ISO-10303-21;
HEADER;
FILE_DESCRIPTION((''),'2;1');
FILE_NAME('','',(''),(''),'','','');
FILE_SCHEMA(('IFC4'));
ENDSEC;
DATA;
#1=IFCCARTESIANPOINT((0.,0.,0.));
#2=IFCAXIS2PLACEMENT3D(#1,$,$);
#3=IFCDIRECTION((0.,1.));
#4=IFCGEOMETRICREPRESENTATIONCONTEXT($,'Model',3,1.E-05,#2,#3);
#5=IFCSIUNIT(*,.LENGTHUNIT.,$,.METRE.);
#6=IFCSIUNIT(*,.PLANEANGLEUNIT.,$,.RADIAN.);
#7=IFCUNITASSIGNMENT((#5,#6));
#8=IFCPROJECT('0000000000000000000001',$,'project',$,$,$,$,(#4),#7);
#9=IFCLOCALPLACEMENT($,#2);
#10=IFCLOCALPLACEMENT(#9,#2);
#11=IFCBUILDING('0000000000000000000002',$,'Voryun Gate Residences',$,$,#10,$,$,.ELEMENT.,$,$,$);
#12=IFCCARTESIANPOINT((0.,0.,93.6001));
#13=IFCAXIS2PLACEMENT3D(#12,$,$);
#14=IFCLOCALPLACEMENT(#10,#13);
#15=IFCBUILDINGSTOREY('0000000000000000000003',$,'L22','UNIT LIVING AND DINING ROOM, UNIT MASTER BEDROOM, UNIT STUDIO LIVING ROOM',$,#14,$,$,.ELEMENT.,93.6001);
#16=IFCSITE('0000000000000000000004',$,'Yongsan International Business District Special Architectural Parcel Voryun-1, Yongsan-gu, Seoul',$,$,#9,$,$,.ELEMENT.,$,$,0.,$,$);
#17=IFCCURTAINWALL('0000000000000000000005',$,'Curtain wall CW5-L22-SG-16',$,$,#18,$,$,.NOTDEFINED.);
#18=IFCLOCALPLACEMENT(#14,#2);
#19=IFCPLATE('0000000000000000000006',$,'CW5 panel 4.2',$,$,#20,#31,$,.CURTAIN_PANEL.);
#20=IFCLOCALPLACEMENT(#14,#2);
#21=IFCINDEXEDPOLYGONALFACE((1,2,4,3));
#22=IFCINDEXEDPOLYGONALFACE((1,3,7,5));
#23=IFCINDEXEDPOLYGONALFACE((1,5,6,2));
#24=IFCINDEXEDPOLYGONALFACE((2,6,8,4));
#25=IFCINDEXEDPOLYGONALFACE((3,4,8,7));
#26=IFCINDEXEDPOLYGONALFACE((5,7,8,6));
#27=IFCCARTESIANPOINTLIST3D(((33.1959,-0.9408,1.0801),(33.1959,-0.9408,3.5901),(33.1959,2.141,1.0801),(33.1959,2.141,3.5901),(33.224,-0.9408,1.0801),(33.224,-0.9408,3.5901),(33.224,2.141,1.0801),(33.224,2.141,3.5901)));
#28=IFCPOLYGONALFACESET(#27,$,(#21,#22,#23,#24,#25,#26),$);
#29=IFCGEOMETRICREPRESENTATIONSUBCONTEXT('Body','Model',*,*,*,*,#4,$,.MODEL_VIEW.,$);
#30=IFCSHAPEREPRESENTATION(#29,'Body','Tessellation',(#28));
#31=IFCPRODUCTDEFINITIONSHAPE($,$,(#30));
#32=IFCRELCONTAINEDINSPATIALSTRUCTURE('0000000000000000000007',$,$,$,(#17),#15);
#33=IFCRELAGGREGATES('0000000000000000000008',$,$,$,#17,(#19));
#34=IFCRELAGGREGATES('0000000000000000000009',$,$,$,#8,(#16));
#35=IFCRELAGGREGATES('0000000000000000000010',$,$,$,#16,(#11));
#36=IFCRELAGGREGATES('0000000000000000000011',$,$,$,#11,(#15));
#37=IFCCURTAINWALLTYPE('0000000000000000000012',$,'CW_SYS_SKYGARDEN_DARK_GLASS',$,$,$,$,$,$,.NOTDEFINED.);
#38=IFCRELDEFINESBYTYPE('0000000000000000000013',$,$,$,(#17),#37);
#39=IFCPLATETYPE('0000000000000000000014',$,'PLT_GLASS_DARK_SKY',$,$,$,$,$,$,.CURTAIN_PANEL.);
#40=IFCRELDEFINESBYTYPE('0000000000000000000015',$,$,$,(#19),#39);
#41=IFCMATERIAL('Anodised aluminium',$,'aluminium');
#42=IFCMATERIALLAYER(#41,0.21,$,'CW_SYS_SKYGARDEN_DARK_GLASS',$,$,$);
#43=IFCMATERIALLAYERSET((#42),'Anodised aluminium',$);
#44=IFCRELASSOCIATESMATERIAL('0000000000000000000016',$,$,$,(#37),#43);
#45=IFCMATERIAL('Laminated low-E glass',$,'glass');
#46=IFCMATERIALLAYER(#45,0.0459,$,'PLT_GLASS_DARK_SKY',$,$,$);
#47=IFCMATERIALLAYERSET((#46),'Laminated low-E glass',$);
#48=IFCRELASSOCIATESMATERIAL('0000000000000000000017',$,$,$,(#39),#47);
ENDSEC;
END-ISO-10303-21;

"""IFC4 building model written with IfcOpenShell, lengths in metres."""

from ifc_helpers import new_model, si_unit, direction, frame, origin, origin_2d, place, context, subcontext, project, spatial, rectangle, extrude, material, layer, layer_set, type_object, element, aggregate, save


model = new_model("IFC4")

# Units and contexts
model_context = context("Model", 3, precision=1e-05, world=origin(), true_north=direction((0.0, 1.0)))
body_context = subcontext(model_context, "Body", "Model", "MODEL_VIEW")
ifc_project = project(units=[si_unit("LENGTHUNIT", "METRE"), si_unit("PLANEANGLEUNIT", "RADIAN")], contexts=[model_context])

# Site, building, storey
site_placement = place(None, origin())
site = spatial("IfcSite", under=ifc_project, at=site_placement, Name="Yongsan International Business District Special Architectural Parcel Voryun-1, Yongsan-gu, Seoul", CompositionType="ELEMENT", RefElevation=0.0)
building_placement = place(site_placement, origin())
building = spatial("IfcBuilding", under=site, at=building_placement, Name="Voryun Gate Residences", CompositionType="ELEMENT")
storey_placement = place(building_placement, frame((0.0, 0.0, 93.6001)))
storey = spatial("IfcBuildingStorey", under=building, at=storey_placement, Name="L22", Description="UNIT LIVING AND DINING ROOM, UNIT MASTER BEDROOM, UNIT STUDIO LIVING ROOM", CompositionType="ELEMENT", Elevation=93.6001)

# Curtain wall, plate
ifc_material_1 = material(Name="Anodised aluminium", Category="aluminium")
ifc_layer_1 = layer(ifc_material_1, 0.21, Name="CW_SYS_SKYGARDEN_DARK_GLASS")
ifc_layer_set_1 = layer_set([ifc_layer_1], Name="Anodised aluminium")
curtain_wall_type = type_object("IfcCurtainWallType", Name="CW_SYS_SKYGARDEN_DARK_GLASS", PredefinedType="NOTDEFINED", material=ifc_layer_set_1)
curtain_wall_placement = place(storey_placement, origin())
curtain_wall = element("IfcCurtainWall", 1, at=curtain_wall_placement, inside=storey, type_object=curtain_wall_type, Name="Curtain wall CW5-L22-SG-16", PredefinedType="NOTDEFINED")
ifc_material_2 = material(Name="Laminated low-E glass", Category="glass")
ifc_layer_2 = layer(ifc_material_2, 0.0459, Name="PLT_GLASS_DARK_SKY")
ifc_layer_set_2 = layer_set([ifc_layer_2], Name="Laminated low-E glass")
plate_type = type_object("IfcPlateType", Name="PLT_GLASS_DARK_SKY", PredefinedType="CURTAIN_PANEL", material=ifc_layer_set_2)
plate_1_placement = place(storey_placement, frame((33.21, 0.6001, 1.0801), z_axis=(0.0, 0.0, 1.0), x_axis=(0.0, -1.0, 0.0)))
plate_1 = element("IfcPlate", 2, at=plate_1_placement, type_object=plate_type, Name="CW5 panel 4.2", PredefinedType="CURTAIN_PANEL", context=body_context, shape_type="SweptSolid", body=[
    extrude(rectangle(XDim=3.0818, YDim=0.0281, at=origin_2d()), origin(), (0.0, 0.0, 1.0), 2.51),
])
aggregate(curtain_wall, [plate_1])

save(model, "model.ifc")
